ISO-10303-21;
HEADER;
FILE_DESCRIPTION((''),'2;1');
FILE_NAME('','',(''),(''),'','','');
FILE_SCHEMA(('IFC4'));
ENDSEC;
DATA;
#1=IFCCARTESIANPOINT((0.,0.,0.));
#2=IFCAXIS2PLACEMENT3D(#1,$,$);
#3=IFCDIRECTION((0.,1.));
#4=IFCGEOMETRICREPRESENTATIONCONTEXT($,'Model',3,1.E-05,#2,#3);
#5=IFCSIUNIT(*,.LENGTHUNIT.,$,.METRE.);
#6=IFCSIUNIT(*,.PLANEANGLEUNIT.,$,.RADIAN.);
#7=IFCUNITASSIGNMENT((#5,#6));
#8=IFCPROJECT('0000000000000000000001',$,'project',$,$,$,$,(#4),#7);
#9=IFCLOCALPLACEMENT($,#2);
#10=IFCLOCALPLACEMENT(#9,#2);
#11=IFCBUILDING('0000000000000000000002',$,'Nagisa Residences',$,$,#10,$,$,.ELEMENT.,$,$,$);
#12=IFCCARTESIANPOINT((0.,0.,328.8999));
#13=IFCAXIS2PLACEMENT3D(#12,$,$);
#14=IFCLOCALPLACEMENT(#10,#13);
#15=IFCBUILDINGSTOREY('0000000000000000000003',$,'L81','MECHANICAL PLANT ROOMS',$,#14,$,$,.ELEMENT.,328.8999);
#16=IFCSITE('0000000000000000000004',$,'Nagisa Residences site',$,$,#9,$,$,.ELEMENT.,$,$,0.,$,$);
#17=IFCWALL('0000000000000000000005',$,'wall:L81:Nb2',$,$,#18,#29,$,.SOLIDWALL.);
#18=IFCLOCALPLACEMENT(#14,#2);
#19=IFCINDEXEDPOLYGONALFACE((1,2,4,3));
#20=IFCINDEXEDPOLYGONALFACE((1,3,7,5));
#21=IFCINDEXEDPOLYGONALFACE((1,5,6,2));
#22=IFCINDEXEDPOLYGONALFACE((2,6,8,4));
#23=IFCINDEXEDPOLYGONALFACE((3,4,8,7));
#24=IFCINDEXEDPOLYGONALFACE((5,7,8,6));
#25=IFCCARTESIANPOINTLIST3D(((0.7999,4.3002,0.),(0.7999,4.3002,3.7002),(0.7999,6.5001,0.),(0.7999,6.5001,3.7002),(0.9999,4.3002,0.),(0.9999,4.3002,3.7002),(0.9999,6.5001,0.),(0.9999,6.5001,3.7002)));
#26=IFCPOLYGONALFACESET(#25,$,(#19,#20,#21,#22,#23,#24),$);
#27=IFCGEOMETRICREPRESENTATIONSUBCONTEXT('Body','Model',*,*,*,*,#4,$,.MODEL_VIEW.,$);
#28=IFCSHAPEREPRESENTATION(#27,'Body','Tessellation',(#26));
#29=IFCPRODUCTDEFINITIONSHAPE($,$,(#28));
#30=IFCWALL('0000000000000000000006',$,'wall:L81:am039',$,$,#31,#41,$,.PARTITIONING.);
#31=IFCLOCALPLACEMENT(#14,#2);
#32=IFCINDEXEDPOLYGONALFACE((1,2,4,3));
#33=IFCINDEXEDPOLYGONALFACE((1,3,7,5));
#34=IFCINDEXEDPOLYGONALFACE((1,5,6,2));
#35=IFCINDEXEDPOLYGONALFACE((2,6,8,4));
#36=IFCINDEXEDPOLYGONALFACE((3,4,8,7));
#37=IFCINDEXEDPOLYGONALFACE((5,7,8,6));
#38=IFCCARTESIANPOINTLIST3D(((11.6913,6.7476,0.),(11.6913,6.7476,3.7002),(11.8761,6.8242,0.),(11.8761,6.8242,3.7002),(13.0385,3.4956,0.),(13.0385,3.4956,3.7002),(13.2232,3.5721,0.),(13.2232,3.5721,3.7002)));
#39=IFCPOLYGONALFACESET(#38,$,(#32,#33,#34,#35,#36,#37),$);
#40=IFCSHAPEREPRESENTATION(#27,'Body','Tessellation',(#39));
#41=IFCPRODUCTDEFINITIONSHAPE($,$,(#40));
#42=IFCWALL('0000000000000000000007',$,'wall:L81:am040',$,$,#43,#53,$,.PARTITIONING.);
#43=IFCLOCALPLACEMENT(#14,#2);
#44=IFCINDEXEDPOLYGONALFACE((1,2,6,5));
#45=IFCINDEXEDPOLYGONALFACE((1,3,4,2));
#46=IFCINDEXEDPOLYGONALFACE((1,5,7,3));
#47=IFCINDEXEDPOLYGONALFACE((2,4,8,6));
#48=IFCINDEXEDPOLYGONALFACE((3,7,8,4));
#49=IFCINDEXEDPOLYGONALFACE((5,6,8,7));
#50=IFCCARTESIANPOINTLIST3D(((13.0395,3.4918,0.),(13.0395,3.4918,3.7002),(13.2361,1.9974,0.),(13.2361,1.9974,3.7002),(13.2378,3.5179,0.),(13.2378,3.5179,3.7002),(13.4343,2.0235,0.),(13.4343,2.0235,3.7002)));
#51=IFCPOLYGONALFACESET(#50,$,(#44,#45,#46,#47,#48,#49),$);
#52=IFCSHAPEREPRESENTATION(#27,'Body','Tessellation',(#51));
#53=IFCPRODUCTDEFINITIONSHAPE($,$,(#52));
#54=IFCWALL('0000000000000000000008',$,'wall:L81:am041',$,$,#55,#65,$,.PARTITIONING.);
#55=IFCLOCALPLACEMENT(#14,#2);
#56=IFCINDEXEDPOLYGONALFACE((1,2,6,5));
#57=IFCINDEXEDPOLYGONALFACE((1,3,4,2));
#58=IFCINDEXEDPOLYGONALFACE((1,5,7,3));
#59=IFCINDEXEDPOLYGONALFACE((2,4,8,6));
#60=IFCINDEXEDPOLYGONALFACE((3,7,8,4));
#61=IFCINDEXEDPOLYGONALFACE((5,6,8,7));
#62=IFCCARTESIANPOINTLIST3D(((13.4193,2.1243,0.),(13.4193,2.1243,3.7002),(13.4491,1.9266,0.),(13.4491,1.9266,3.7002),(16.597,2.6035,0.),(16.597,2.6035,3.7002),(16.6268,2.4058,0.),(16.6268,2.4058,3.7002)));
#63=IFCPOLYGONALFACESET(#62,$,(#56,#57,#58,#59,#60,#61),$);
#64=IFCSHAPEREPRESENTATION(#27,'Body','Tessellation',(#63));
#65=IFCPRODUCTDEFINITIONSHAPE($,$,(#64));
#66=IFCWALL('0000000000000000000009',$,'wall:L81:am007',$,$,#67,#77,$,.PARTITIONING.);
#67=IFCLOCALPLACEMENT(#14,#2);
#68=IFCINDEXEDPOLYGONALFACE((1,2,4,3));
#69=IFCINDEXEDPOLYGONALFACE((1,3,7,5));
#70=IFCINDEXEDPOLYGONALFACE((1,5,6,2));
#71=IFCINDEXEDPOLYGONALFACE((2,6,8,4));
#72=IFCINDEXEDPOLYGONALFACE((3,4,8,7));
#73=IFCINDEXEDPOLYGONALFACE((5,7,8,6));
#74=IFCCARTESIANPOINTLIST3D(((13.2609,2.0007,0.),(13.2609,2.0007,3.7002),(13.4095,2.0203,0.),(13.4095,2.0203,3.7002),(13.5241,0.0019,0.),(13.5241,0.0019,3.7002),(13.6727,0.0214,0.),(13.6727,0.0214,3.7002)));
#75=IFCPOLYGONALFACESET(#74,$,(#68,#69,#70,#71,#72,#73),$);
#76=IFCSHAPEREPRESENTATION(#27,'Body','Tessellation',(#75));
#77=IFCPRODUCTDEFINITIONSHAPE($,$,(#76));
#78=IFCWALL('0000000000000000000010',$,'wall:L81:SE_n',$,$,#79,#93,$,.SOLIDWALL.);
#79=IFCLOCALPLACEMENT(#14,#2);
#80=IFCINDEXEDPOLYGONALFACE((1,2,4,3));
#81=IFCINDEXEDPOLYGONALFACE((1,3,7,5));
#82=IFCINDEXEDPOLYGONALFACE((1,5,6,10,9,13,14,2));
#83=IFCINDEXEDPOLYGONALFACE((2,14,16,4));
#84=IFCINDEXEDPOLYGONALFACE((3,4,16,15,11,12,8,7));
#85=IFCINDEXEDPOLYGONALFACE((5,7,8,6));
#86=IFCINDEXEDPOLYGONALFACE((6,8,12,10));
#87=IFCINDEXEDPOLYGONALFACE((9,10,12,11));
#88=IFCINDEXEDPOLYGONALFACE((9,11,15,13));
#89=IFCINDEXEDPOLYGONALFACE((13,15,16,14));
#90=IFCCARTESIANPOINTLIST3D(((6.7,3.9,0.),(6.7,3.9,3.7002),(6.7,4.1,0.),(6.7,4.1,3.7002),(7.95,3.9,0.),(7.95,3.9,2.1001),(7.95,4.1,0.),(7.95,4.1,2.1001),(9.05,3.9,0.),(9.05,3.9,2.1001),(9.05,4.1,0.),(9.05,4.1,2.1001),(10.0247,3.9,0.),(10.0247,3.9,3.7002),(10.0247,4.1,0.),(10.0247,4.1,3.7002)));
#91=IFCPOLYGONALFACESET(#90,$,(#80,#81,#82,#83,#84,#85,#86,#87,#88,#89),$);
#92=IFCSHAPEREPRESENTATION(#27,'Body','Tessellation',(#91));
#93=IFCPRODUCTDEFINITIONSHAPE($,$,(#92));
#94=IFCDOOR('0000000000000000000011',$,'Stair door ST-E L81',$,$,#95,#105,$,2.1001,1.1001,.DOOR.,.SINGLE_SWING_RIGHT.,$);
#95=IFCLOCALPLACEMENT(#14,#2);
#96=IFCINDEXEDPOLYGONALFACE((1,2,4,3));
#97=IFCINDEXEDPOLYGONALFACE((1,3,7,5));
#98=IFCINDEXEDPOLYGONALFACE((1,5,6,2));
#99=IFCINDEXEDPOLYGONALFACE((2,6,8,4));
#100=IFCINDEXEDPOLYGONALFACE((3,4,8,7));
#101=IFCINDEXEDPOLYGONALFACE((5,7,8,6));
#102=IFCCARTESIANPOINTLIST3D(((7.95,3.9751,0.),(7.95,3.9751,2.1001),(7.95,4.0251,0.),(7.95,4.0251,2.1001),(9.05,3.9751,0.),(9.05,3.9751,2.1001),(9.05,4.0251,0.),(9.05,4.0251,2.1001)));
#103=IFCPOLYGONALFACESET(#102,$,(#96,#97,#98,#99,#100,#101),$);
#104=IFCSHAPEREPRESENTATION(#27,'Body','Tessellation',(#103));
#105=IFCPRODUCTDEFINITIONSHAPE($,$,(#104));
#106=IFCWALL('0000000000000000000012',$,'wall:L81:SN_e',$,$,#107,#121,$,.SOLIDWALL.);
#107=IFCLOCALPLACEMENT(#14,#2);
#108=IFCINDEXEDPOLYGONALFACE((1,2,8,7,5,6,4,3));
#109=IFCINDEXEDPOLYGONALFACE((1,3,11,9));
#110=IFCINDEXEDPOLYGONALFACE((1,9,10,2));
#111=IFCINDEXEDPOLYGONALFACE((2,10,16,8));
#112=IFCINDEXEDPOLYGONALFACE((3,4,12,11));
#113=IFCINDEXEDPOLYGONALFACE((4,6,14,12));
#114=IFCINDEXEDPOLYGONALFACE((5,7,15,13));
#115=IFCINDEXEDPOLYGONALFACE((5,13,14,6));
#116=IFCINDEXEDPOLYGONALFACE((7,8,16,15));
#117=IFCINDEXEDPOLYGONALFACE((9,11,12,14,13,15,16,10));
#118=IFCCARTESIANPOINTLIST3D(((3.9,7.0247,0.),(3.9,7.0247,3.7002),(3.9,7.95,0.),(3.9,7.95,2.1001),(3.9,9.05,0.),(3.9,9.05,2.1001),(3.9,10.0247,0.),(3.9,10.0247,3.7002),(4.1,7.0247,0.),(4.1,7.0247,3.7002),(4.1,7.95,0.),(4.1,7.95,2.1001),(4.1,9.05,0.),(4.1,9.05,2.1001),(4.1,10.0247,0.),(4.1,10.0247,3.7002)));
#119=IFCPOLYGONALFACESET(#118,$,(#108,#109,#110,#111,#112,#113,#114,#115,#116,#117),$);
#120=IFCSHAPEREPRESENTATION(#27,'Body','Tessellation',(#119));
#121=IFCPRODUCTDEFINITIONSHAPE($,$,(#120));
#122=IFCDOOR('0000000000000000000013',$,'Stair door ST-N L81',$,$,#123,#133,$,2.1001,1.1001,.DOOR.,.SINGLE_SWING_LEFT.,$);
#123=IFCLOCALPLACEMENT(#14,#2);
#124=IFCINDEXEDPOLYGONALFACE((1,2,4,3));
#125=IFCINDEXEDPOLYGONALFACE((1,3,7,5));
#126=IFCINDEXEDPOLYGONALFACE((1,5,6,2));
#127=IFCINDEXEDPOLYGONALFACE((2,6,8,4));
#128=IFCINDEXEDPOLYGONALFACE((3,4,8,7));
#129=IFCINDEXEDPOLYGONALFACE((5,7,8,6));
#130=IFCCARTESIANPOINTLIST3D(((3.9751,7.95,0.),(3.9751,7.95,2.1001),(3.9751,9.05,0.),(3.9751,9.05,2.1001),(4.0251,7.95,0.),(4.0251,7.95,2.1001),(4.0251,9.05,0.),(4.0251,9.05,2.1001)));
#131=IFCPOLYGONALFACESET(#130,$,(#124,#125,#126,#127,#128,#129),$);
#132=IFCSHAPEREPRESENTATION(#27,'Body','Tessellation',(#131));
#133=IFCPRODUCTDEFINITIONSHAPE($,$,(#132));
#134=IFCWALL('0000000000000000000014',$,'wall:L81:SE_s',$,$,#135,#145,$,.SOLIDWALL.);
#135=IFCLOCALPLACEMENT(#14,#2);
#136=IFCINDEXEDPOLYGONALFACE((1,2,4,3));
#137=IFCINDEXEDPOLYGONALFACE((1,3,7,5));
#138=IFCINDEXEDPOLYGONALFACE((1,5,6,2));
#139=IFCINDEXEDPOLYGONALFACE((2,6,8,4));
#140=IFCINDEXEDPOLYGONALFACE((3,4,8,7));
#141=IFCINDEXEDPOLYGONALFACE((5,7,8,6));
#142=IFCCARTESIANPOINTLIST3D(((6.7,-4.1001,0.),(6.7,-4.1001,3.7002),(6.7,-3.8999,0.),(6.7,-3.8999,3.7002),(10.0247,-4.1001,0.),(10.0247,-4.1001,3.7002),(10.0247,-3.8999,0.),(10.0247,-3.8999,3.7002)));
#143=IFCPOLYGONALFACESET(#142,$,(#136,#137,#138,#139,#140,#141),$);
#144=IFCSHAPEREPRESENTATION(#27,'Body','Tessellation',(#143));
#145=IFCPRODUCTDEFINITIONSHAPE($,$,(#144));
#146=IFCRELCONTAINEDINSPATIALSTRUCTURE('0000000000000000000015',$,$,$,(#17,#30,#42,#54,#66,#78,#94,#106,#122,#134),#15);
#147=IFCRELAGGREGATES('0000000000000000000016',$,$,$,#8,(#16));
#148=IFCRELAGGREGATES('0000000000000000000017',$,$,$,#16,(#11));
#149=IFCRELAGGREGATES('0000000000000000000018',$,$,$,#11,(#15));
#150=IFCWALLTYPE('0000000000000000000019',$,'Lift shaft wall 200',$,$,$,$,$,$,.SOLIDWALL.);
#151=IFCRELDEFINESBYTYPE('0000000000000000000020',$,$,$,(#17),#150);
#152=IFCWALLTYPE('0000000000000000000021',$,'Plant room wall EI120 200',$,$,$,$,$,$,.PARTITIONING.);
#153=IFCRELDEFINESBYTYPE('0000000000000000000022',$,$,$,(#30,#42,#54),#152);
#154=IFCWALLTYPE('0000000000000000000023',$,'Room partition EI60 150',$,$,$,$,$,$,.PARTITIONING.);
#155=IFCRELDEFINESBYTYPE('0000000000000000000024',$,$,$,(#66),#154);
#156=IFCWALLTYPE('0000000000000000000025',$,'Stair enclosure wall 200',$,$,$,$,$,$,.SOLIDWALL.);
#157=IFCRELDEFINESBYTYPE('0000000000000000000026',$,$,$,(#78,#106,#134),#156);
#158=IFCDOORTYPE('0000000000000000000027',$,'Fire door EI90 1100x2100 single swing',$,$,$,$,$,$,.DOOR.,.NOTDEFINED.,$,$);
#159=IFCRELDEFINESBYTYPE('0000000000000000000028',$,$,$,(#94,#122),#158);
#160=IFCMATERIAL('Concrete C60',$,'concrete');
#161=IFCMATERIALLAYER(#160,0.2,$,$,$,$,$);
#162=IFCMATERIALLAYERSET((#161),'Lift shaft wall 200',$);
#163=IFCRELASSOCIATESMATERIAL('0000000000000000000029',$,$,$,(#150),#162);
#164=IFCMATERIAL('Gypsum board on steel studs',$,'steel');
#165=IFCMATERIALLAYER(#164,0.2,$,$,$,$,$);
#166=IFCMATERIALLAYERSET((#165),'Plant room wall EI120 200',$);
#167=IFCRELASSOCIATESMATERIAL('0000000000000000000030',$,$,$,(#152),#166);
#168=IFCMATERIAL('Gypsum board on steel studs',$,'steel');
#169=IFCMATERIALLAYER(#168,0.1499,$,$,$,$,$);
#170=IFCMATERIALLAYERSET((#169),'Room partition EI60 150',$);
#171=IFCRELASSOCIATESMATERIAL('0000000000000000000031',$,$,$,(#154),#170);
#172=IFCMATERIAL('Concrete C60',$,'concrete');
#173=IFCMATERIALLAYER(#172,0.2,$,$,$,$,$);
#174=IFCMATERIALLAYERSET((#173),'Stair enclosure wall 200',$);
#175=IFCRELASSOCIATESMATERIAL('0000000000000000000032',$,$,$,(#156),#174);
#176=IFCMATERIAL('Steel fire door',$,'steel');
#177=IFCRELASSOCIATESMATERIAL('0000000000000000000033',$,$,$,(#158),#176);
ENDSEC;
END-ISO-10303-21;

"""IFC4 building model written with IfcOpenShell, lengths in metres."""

from ifc_helpers import new_model, si_unit, direction, frame, frame_2d, origin, place, context, subcontext, project, spatial, polyline, rectangle, outline, extrude, material, layer, layer_set, type_object, element, fill, save


model = new_model("IFC4")

# Units and contexts
model_context = context("Model", 3, precision=1e-05, world=origin(), true_north=direction((0.0, 1.0)))
body_context = subcontext(model_context, "Body", "Model", "MODEL_VIEW")
ifc_project = project(units=[si_unit("LENGTHUNIT", "METRE"), si_unit("PLANEANGLEUNIT", "RADIAN")], contexts=[model_context])

# Site, building, storey
site_placement = place(None, origin())
site = spatial("IfcSite", under=ifc_project, at=site_placement, Name="Nagisa Residences site", CompositionType="ELEMENT", RefElevation=0.0)
building_placement = place(site_placement, origin())
building = spatial("IfcBuilding", under=site, at=building_placement, Name="Nagisa Residences", CompositionType="ELEMENT")
storey_placement = place(building_placement, frame((0.0, 0.0, 328.8999)))
storey = spatial("IfcBuildingStorey", under=building, at=storey_placement, Name="L81", Description="MECHANICAL PLANT ROOMS", CompositionType="ELEMENT", Elevation=328.8999)

# Shared definitions
ifc_material_1 = material(Name="Concrete C60", Category="concrete")
ifc_layer_1 = layer(ifc_material_1, 0.2)
ifc_layer_set_1 = layer_set([ifc_layer_1], Name="Lift shaft wall 200")
wall_type_1 = type_object("IfcWallType", Name="Lift shaft wall 200", PredefinedType="SOLIDWALL", material=ifc_layer_set_1)

# Walls
wall_1_placement = place(storey_placement, frame((0.8999, 4.3, 0.0), z_axis=(0.0, 0.0, 1.0), x_axis=(0.0, 1.0, 0.0)))
element("IfcWall", 1, at=wall_1_placement, inside=storey, type_object=wall_type_1, Name="wall:L81:Nb2", PredefinedType="SOLIDWALL", context=body_context, shape_type="SweptSolid", body=[
    extrude(rectangle(XDim=2.2, YDim=0.2, at=frame_2d((1.1001, 0.0))), origin(), (0.0, 0.0, 1.0), 3.7002),
])
ifc_material_2 = material(Name="Gypsum board on steel studs", Category="steel")
ifc_layer_2 = layer(ifc_material_2, 0.2)
ifc_layer_set_2 = layer_set([ifc_layer_2], Name="Plant room wall EI120 200")
wall_type_2 = type_object("IfcWallType", Name="Plant room wall EI120 200", PredefinedType="PARTITIONING", material=ifc_layer_set_2)
wall_2_placement = place(storey_placement, frame((11.7837, 6.7859, 0.0), z_axis=(0.0, 0.0, 1.0), x_axis=(0.382723, -0.923863, 0.0)))
element("IfcWall", 2, at=wall_2_placement, inside=storey, type_object=wall_type_2, Name="wall:L81:am039", PredefinedType="PARTITIONING", context=body_context, shape_type="SweptSolid", body=[
    extrude(rectangle(XDim=3.52, YDim=0.2, at=frame_2d((1.76, 0.0))), origin(), (0.0, 0.0, 1.0), 3.7002),
])
wall_3_placement = place(storey_placement, frame((13.1387, 3.5049, 0.0), z_axis=(0.0, 0.0, 1.0), x_axis=(0.130392, -0.991463, 0.0)))
element("IfcWall", 3, at=wall_3_placement, inside=storey, type_object=wall_type_2, Name="wall:L81:am040", PredefinedType="PARTITIONING", context=body_context, shape_type="SweptSolid", body=[
    extrude(rectangle(XDim=1.5073, YDim=0.2, at=frame_2d((0.7537, 0.0))), origin(), (0.0, 0.0, 1.0), 3.7002),
])
wall_4_placement = place(storey_placement, frame((13.4341, 2.0254, 0.0), z_axis=(0.0, 0.0, 1.0), x_axis=(0.988818, 0.149128, 0.0)))
element("IfcWall", 4, at=wall_4_placement, inside=storey, type_object=wall_type_2, Name="wall:L81:am041", PredefinedType="PARTITIONING", context=body_context, shape_type="SweptSolid", body=[
    extrude(rectangle(XDim=3.2136, YDim=0.2, at=frame_2d((1.6069, 0.0))), origin(), (0.0, 0.0, 1.0), 3.7002),
])
ifc_material_3 = material(Name="Gypsum board on steel studs", Category="steel")
ifc_layer_3 = layer(ifc_material_3, 0.1499)
ifc_layer_set_3 = layer_set([ifc_layer_3], Name="Room partition EI60 150")
wall_type_3 = type_object("IfcWallType", Name="Room partition EI60 150", PredefinedType="PARTITIONING", material=ifc_layer_set_3)
wall_5_placement = place(storey_placement, frame((13.3352, 2.0105, 0.0), z_axis=(0.0, 0.0, 1.0), x_axis=(0.130545, -0.991442, 0.0)))
element("IfcWall", 5, at=wall_5_placement, inside=storey, type_object=wall_type_3, Name="wall:L81:am007", PredefinedType="PARTITIONING", context=body_context, shape_type="SweptSolid", body=[
    extrude(rectangle(XDim=2.0161, YDim=0.1499, at=frame_2d((1.0081, 0.0))), origin(), (0.0, 0.0, 1.0), 3.7002),
])

# Walls, openings, doors
ifc_material_4 = material(Name="Concrete C60", Category="concrete")
ifc_layer_4 = layer(ifc_material_4, 0.2)
ifc_layer_set_4 = layer_set([ifc_layer_4], Name="Stair enclosure wall 200")
wall_type_4 = type_object("IfcWallType", Name="Stair enclosure wall 200", PredefinedType="SOLIDWALL", material=ifc_layer_set_4)
wall_6_placement = place(storey_placement, frame((6.7, 4.0, 0.0), z_axis=(0.0, 0.0, 1.0), x_axis=(1.0, 0.0, 0.0)))
wall_6 = element("IfcWall", 6, at=wall_6_placement, inside=storey, type_object=wall_type_4, Name="wall:L81:SE_n", PredefinedType="SOLIDWALL", context=body_context, shape_type="SweptSolid", body=[
    extrude(rectangle(XDim=3.3247, YDim=0.2, at=frame_2d((1.6624, 0.0))), origin(), (0.0, 0.0, 1.0), 3.7002),
])
opening_1_placement = place(wall_6_placement, frame((1.25, 0.0, 0.0)))
opening_1 = element("IfcOpeningElement", 7, at=opening_1_placement, cuts=wall_6, PredefinedType="OPENING", context=body_context, shape_type="SweptSolid", body=[
    extrude(rectangle(XDim=1.1001, YDim=2.1001, at=frame_2d((0.55, 1.05))), frame((0.0, 0.1099, 0.0), z_axis=(0.0, -1.0, 0.0), x_axis=(1.0, 0.0, 0.0)), (0.0, 0.0, 1.0), 0.22),
])
ifc_material_5 = material(Name="Steel fire door", Category="steel")
door_type_1 = type_object("IfcDoorType", Name="Fire door EI90 1100x2100 single swing", OperationType="NOTDEFINED", PredefinedType="DOOR", material=ifc_material_5)
door_1_placement = place(opening_1_placement, frame((1.1001, 0.0, 0.0), x_axis=(-1.0, 0.0, 0.0)))
door_1 = element("IfcDoor", 8, at=door_1_placement, inside=storey, type_object=door_type_1, Name="Stair door ST-E L81", OperationType="SINGLE_SWING_RIGHT", OverallHeight=2.1001, OverallWidth=1.1001, PredefinedType="DOOR", context=body_context, shape_type="SweptSolid", body=[
    extrude(rectangle(XDim=1.1001, YDim=2.1001, at=frame_2d((0.55, 1.05))), frame((0.0, 0.0249, 0.0), z_axis=(0.0, -1.0, 0.0), x_axis=(1.0, 0.0, 0.0)), (0.0, 0.0, 1.0), 0.05),
])
fill(opening_1, door_1)
wall_7_placement = place(storey_placement, frame((4.0, 7.0247, 0.0), z_axis=(0.0, 0.0, 1.0), x_axis=(0.0, 1.0, 0.0)))
wall_7 = element("IfcWall", 9, at=wall_7_placement, inside=storey, type_object=wall_type_4, Name="wall:L81:SN_e", PredefinedType="SOLIDWALL", context=body_context, shape_type="SweptSolid", body=[
    extrude(rectangle(XDim=3.0, YDim=0.2, at=frame_2d((1.5, 0.0))), origin(), (0.0, 0.0, 1.0), 3.7002),
])
opening_2_placement = place(wall_7_placement, frame((0.9253, 0.0, 0.0)))
opening_2 = element("IfcOpeningElement", 10, at=opening_2_placement, cuts=wall_7, PredefinedType="OPENING", context=body_context, shape_type="SweptSolid", body=[
    extrude(rectangle(XDim=1.1001, YDim=2.1001, at=frame_2d((0.55, 1.05))), frame((0.0, 0.1099, 0.0), z_axis=(0.0, -1.0, 0.0), x_axis=(1.0, 0.0, 0.0)), (0.0, 0.0, 1.0), 0.22),
])
door_2_placement = place(opening_2_placement, origin())
door_2 = element("IfcDoor", 11, at=door_2_placement, inside=storey, type_object=door_type_1, Name="Stair door ST-N L81", OperationType="SINGLE_SWING_LEFT", OverallHeight=2.1001, OverallWidth=1.1001, PredefinedType="DOOR", context=body_context, shape_type="SweptSolid", body=[
    extrude(rectangle(XDim=1.1001, YDim=2.1001, at=frame_2d((0.55, 1.05))), frame((0.0, 0.0249, 0.0), z_axis=(0.0, -1.0, 0.0), x_axis=(1.0, 0.0, 0.0)), (0.0, 0.0, 1.0), 0.05),
])
fill(opening_2, door_2)

# Wall
wall_8_placement = place(storey_placement, origin())
element("IfcWall", 12, at=wall_8_placement, inside=storey, type_object=wall_type_4, Name="wall:L81:SE_s", PredefinedType="SOLIDWALL", context=body_context, shape_type="SweptSolid", body=[
    extrude(outline(polyline([(10.0247, -4.1001), (6.7, -4.1001), (6.7, -3.8999), (10.0247, -3.8999), (10.0247, -4.1001)])), origin(), (0.0, 0.0, 1.0), 3.7002),
])

save(model, "model.ifc")
